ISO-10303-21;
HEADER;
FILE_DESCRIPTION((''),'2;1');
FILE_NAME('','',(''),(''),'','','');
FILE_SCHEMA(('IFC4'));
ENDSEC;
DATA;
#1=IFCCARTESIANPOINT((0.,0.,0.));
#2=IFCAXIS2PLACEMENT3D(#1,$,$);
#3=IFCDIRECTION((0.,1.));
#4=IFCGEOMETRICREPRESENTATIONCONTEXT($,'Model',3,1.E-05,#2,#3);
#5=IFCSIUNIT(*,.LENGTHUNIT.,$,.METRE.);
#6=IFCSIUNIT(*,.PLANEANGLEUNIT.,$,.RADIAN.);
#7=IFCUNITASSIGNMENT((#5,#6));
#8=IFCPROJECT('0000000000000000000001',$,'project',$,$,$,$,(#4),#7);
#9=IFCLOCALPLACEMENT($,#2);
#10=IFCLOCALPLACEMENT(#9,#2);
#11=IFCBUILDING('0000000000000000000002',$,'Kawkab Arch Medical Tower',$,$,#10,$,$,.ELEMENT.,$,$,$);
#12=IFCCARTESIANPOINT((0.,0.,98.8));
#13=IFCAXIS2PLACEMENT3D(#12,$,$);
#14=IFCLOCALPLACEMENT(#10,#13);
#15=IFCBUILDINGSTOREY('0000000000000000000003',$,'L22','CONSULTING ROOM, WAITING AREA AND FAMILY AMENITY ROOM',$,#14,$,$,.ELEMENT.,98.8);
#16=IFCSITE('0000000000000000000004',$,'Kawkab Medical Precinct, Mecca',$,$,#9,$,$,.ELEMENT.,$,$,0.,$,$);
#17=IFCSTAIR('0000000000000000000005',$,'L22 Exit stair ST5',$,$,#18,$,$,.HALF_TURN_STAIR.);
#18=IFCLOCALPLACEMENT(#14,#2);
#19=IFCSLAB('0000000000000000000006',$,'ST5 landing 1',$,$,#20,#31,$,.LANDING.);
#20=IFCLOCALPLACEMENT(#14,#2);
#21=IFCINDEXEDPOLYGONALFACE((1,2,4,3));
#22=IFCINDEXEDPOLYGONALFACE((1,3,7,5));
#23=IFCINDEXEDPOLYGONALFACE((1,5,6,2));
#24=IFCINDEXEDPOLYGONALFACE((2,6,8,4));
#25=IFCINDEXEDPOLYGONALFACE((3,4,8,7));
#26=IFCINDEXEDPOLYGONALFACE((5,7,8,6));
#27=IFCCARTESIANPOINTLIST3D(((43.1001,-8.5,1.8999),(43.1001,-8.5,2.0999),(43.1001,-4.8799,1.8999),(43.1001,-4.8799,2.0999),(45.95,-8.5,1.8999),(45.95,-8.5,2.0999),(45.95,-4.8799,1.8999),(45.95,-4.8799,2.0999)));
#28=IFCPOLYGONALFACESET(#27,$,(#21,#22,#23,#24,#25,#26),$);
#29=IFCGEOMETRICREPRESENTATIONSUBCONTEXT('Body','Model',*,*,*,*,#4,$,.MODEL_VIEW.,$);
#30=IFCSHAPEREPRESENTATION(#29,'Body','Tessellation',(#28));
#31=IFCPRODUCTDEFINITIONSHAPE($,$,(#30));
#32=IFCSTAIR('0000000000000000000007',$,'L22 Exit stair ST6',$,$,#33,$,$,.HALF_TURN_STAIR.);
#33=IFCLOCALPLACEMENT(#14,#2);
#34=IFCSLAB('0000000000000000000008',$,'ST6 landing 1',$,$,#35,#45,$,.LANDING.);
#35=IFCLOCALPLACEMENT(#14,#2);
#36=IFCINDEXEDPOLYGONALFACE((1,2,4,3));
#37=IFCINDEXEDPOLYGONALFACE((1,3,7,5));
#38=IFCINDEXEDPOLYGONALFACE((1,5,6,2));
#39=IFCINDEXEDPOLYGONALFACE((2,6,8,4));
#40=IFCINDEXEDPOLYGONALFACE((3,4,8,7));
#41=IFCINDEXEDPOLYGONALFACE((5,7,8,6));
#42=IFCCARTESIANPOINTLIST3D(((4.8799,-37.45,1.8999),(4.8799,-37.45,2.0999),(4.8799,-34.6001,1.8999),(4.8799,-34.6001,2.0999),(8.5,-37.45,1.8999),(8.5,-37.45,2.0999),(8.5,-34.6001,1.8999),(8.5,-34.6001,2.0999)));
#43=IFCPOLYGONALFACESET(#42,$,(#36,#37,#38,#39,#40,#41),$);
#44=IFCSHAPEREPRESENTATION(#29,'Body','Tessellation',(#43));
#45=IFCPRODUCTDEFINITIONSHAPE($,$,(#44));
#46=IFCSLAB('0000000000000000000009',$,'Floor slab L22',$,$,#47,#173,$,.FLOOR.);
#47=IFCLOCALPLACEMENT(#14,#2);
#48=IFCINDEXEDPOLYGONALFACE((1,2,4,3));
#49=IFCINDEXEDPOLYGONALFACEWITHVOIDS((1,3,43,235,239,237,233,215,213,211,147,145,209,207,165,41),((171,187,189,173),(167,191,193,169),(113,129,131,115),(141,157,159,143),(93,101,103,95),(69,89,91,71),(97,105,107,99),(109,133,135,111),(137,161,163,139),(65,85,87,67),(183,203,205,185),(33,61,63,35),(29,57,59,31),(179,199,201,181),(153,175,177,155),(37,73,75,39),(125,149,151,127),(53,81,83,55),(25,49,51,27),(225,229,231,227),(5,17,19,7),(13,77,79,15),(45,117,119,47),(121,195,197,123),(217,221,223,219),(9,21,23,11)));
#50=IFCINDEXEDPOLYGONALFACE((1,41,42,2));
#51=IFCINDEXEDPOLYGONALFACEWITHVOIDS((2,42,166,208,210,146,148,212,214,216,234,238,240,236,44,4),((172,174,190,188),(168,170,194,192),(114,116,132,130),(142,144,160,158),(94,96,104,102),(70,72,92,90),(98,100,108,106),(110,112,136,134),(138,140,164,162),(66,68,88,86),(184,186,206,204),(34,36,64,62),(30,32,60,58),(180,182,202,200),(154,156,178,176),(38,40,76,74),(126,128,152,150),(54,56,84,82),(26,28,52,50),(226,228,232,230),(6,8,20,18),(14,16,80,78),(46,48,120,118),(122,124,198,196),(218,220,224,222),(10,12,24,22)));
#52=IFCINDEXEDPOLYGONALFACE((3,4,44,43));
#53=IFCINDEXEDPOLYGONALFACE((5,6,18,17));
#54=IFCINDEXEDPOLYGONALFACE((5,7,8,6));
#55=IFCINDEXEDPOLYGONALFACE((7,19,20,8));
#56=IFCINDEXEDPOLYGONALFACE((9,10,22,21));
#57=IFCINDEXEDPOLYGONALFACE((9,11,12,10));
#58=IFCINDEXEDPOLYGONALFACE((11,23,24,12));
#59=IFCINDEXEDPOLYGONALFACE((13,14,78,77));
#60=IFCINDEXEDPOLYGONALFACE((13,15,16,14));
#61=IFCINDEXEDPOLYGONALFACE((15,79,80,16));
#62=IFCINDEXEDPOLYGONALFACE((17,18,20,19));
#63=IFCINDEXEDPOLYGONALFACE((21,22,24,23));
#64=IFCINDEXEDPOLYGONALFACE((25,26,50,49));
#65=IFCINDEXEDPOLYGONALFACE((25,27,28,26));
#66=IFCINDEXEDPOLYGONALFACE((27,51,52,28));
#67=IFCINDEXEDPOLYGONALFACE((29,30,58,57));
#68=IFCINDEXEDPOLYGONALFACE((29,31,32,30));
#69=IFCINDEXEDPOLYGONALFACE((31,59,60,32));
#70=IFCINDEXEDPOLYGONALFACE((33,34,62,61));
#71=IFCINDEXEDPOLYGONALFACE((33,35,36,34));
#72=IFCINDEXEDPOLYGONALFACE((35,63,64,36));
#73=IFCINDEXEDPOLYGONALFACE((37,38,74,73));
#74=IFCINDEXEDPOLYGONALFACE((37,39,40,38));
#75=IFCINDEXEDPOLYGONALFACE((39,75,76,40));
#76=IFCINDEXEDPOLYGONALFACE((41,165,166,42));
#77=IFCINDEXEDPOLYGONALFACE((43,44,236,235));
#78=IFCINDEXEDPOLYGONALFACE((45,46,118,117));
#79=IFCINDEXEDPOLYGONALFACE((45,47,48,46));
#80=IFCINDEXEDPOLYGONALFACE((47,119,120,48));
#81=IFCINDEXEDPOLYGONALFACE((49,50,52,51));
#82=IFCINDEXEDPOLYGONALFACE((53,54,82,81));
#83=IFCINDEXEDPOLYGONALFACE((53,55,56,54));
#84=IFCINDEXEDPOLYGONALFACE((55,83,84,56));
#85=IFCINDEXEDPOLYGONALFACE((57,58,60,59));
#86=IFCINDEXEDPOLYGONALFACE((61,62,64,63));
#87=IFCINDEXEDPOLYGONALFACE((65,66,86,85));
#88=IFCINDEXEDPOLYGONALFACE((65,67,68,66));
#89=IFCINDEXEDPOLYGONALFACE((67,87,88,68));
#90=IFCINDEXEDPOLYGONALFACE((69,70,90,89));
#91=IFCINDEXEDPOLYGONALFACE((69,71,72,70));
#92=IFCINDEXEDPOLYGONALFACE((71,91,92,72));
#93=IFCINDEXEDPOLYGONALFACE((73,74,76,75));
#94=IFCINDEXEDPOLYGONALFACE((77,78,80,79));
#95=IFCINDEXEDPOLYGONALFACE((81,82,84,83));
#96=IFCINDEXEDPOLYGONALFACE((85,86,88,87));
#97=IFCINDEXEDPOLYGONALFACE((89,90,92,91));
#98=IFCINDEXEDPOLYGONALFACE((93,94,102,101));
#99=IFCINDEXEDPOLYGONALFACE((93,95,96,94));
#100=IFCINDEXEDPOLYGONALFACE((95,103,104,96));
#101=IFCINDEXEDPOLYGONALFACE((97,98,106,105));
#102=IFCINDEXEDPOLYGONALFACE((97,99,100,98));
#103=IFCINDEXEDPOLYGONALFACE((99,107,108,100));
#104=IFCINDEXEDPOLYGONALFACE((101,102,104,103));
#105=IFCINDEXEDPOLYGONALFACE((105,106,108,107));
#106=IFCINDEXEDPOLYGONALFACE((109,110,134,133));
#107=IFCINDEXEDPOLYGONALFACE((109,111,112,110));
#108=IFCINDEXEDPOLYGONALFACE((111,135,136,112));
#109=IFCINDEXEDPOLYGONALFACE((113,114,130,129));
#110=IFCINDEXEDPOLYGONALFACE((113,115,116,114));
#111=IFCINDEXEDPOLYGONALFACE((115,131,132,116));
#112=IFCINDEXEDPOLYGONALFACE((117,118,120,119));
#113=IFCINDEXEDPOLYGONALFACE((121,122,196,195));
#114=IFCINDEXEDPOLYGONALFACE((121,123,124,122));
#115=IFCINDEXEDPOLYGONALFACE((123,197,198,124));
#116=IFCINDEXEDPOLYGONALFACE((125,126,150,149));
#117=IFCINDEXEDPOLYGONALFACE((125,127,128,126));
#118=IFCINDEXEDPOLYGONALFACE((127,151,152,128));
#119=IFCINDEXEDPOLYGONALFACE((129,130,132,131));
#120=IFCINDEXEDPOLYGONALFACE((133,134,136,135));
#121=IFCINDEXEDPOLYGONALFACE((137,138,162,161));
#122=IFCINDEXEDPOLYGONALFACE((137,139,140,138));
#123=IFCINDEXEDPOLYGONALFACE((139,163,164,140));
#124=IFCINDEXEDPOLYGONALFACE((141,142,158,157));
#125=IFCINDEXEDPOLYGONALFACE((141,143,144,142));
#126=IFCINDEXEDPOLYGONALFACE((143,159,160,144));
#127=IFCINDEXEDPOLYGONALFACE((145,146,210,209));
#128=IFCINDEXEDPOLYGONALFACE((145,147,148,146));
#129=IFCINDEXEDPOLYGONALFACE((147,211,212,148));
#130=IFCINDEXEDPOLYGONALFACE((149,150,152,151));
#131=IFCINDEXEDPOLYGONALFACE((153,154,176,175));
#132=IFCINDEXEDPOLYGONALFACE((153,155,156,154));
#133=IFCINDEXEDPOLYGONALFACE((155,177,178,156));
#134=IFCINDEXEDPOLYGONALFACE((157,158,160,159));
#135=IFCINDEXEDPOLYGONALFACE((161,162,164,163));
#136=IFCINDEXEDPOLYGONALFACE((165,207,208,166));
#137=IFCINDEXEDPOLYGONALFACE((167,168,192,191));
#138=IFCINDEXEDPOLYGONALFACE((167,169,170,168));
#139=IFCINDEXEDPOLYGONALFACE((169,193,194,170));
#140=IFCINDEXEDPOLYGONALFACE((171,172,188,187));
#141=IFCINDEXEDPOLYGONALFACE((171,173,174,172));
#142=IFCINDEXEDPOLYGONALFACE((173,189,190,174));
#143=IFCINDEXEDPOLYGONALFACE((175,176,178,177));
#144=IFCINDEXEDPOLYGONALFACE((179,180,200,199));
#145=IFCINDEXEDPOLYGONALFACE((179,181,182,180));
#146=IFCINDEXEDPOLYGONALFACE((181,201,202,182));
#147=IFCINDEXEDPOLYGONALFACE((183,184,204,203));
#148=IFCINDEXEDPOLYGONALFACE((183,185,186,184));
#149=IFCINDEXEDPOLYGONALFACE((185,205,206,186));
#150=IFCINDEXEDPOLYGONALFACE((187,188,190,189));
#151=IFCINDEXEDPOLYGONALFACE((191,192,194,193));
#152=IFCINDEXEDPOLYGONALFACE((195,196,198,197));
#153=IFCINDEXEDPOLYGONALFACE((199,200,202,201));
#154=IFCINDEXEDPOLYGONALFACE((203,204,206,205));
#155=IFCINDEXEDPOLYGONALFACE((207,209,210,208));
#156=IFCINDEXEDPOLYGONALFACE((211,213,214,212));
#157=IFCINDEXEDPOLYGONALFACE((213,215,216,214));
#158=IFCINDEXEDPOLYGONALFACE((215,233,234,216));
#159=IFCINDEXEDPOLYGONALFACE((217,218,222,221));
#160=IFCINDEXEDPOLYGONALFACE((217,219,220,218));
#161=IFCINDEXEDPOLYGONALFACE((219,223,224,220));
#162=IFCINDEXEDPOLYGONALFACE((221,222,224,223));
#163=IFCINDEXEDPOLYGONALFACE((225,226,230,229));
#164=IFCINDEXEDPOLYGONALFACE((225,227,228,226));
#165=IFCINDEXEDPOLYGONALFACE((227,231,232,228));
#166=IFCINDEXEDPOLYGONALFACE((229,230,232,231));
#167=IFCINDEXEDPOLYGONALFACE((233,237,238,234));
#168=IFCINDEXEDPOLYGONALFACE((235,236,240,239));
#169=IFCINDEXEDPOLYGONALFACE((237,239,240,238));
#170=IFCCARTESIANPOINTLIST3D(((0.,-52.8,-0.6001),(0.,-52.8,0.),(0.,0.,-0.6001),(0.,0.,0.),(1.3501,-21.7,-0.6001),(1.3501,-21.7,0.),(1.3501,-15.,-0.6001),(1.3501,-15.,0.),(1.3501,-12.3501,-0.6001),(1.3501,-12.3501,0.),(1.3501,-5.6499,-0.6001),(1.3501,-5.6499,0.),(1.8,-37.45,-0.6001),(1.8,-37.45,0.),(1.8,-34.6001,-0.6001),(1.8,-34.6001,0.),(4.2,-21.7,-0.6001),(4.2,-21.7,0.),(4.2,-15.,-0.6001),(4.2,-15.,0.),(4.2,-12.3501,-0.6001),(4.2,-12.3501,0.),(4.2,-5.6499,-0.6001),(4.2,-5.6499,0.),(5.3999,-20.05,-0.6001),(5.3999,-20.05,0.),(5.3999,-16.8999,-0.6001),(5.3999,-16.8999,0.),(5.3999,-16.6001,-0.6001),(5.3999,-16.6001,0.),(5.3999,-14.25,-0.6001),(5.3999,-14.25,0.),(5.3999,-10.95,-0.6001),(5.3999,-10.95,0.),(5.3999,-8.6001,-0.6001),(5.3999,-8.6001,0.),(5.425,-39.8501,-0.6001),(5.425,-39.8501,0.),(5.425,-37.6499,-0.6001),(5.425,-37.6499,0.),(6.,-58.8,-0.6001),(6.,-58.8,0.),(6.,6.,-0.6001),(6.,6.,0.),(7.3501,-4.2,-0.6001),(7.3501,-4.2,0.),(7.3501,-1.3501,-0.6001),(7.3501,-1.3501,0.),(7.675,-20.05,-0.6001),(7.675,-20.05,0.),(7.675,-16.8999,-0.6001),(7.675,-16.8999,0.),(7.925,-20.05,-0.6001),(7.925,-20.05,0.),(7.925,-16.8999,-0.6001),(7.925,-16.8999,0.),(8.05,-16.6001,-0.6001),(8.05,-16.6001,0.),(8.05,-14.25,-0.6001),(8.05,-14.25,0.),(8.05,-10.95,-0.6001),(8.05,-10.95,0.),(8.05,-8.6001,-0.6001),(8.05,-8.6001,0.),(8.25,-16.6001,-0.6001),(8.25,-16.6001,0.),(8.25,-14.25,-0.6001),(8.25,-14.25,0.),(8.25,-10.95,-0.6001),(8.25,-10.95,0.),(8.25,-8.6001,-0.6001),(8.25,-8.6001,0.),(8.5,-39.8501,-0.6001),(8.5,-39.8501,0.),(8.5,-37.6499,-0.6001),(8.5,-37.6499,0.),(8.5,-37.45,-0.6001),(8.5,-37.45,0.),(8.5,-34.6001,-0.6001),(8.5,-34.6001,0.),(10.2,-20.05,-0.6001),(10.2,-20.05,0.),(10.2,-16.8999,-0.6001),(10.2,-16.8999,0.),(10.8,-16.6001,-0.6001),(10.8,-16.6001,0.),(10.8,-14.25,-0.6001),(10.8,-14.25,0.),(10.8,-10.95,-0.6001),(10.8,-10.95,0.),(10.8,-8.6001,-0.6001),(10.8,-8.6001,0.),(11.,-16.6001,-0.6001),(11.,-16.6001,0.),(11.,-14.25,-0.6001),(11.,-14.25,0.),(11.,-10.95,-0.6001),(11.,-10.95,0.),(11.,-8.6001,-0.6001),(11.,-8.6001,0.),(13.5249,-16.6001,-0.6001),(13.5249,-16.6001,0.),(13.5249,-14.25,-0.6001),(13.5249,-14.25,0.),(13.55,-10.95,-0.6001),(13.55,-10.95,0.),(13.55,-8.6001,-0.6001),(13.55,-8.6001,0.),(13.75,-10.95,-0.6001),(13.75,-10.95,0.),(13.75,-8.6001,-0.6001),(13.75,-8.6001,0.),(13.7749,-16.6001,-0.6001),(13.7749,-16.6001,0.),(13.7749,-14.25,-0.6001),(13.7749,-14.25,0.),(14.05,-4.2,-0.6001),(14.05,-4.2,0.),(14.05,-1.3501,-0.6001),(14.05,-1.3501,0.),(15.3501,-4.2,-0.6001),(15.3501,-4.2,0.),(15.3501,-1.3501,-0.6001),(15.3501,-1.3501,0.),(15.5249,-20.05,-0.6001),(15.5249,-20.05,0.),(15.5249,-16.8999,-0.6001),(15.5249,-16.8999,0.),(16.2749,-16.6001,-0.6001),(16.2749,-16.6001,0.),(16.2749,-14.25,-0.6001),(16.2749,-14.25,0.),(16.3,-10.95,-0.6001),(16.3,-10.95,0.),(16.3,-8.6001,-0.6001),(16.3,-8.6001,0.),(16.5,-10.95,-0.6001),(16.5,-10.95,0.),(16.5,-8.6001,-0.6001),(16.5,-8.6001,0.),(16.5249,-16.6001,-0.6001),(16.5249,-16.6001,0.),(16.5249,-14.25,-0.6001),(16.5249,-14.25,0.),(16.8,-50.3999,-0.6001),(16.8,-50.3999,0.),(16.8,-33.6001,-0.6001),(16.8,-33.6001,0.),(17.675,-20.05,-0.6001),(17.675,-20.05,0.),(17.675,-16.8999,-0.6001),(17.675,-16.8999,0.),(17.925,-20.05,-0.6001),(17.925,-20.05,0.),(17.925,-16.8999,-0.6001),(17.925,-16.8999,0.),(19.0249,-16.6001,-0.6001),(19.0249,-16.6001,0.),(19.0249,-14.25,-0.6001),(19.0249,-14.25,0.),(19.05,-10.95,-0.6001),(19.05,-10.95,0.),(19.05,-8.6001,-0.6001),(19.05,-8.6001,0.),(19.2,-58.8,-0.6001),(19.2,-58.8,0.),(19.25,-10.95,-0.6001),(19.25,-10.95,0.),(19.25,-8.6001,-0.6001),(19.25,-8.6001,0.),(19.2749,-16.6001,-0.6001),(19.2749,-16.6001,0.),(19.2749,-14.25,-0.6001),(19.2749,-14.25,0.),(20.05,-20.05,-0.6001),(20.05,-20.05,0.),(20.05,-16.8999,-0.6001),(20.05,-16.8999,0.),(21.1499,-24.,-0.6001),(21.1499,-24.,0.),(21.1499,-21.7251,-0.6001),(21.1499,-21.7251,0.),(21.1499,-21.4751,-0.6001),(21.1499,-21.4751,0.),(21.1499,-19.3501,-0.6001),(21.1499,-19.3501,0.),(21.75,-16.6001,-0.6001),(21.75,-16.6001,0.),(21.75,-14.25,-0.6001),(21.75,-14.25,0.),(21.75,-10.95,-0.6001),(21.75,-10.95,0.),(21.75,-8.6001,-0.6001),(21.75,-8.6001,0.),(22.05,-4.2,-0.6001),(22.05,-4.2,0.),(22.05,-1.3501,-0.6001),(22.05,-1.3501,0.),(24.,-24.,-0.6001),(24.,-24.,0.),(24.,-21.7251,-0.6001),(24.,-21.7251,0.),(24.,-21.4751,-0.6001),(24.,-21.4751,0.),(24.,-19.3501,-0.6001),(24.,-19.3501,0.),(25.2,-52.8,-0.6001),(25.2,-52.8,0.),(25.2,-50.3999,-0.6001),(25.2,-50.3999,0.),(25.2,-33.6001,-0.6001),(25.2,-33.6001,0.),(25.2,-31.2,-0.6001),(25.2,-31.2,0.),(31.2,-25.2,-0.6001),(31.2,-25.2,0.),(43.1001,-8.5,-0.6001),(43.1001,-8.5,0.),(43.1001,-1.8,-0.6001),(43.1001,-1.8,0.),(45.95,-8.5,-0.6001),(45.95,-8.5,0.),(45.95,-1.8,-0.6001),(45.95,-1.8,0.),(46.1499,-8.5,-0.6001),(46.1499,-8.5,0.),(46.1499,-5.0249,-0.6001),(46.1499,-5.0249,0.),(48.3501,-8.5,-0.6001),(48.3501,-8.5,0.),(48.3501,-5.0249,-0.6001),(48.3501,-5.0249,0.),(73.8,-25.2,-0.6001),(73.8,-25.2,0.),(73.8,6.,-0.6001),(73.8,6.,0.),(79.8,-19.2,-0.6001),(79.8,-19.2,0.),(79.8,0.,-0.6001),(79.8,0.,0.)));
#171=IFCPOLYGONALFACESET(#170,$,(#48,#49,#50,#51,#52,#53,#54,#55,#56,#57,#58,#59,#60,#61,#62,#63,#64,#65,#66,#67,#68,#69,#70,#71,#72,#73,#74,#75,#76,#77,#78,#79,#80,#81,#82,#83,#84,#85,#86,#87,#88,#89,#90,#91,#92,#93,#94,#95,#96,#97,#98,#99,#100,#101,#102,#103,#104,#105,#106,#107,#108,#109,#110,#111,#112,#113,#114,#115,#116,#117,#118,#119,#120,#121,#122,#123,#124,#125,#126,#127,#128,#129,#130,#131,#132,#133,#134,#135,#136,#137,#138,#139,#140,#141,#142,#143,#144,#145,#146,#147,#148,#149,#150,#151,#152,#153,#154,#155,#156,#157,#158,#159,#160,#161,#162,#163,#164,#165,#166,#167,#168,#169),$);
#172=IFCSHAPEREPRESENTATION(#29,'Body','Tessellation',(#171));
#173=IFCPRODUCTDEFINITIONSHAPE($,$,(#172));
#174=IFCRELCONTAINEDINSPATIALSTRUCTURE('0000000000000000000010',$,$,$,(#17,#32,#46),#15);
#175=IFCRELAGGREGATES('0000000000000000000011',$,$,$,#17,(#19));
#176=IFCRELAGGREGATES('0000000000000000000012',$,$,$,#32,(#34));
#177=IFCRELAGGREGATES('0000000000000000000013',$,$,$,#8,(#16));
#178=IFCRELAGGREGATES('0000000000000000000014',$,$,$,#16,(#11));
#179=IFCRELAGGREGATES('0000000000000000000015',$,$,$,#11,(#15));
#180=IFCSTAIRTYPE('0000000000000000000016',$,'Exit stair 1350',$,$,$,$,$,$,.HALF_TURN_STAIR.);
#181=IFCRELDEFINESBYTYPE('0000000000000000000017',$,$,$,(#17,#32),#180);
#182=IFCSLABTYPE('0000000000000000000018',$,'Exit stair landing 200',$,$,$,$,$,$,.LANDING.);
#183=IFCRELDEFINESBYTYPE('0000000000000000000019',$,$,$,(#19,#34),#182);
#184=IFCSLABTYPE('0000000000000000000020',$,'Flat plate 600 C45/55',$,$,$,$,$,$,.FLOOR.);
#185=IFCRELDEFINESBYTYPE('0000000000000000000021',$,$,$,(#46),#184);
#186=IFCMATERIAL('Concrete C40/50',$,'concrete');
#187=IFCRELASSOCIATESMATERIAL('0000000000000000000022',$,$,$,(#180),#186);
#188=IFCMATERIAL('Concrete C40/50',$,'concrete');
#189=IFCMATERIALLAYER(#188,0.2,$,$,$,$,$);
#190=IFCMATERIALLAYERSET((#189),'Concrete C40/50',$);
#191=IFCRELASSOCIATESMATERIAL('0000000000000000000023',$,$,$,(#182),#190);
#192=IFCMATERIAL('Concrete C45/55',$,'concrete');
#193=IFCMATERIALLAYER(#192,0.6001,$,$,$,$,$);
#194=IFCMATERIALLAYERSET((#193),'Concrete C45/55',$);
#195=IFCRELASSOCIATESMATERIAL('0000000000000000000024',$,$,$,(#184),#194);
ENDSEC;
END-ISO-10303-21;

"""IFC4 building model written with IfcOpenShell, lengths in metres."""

from ifc_helpers import new_model, si_unit, direction, frame, origin, place, context, subcontext, project, spatial, polyline, outline, extrude, material, layer, layer_set, type_object, element, aggregate, save


model = new_model("IFC4")

# Units and contexts
model_context = context("Model", 3, precision=1e-05, world=origin(), true_north=direction((0.0, 1.0)))
body_context = subcontext(model_context, "Body", "Model", "MODEL_VIEW")
ifc_project = project(units=[si_unit("LENGTHUNIT", "METRE"), si_unit("PLANEANGLEUNIT", "RADIAN")], contexts=[model_context])

# Site, building, storey
site_placement = place(None, origin())
site = spatial("IfcSite", under=ifc_project, at=site_placement, Name="Kawkab Medical Precinct, Mecca", CompositionType="ELEMENT", RefElevation=0.0)
building_placement = place(site_placement, origin())
building = spatial("IfcBuilding", under=site, at=building_placement, Name="Kawkab Arch Medical Tower", CompositionType="ELEMENT")
storey_placement = place(building_placement, frame((0.0, 0.0, 98.8)))
storey = spatial("IfcBuildingStorey", under=building, at=storey_placement, Name="L22", Description="CONSULTING ROOM, WAITING AREA AND FAMILY AMENITY ROOM", CompositionType="ELEMENT", Elevation=98.8)

# Shared definitions
placement_1 = place(storey_placement, origin())

# Stairs, slabs
ifc_material_1 = material(Name="Concrete C40/50", Category="concrete")
stair_type = type_object("IfcStairType", Name="Exit stair 1350", PredefinedType="HALF_TURN_STAIR", material=ifc_material_1)
ifc_material_2 = material(Name="Concrete C40/50", Category="concrete")
ifc_layer_1 = layer(ifc_material_2, 0.2)
ifc_layer_set_1 = layer_set([ifc_layer_1], Name="Concrete C40/50")
slab_type_1 = type_object("IfcSlabType", Name="Exit stair landing 200", PredefinedType="LANDING", material=ifc_layer_set_1)
placement_2 = place(storey_placement, frame((0.0, 0.0, 1.8999)))
stair_1 = element("IfcStair", 1, at=placement_1, inside=storey, type_object=stair_type, Name="L22 Exit stair ST5", PredefinedType="HALF_TURN_STAIR")
slab_1 = element("IfcSlab", 2, at=placement_2, type_object=slab_type_1, Name="ST5 landing 1", PredefinedType="LANDING", context=body_context, shape_type="SweptSolid", body=[
    extrude(outline(polyline([(43.1001, -4.8799), (43.1001, -8.5), (45.95, -8.5), (45.95, -4.8799), (43.1001, -4.8799)])), origin(), (0.0, 0.0, 1.0), 0.2),
])
aggregate(stair_1, [slab_1])
stair_2 = element("IfcStair", 3, at=placement_1, inside=storey, type_object=stair_type, Name="L22 Exit stair ST6", PredefinedType="HALF_TURN_STAIR")
slab_2 = element("IfcSlab", 4, at=placement_2, type_object=slab_type_1, Name="ST6 landing 1", PredefinedType="LANDING", context=body_context, shape_type="SweptSolid", body=[
    extrude(outline(polyline([(4.8799, -37.45), (8.5, -37.45), (8.5, -34.6001), (4.8799, -34.6001), (4.8799, -37.45)])), origin(), (0.0, 0.0, 1.0), 0.2),
])
aggregate(stair_2, [slab_2])

# Slab
ifc_material_3 = material(Name="Concrete C45/55", Category="concrete")
ifc_layer_2 = layer(ifc_material_3, 0.6001)
ifc_layer_set_2 = layer_set([ifc_layer_2], Name="Concrete C45/55")
slab_type_2 = type_object("IfcSlabType", Name="Flat plate 600 C45/55", PredefinedType="FLOOR", material=ifc_layer_set_2)
slab_3_placement = place(storey_placement, frame((0.0, 0.0, -0.6001)))
element("IfcSlab", 5, at=slab_3_placement, inside=storey, type_object=slab_type_2, Name="Floor slab L22", PredefinedType="FLOOR", context=body_context, shape_type="SweptSolid", body=[
    extrude(outline(polyline([(19.2, -58.8), (6.0, -58.8), (0.0, -52.8), (0.0, 0.0), (6.0, 6.0), (73.8, 6.0), (79.8, 0.0), (79.8, -19.2), (73.8, -25.2), (31.2, -25.2), (25.2, -31.2), (25.2, -33.6001), (16.8, -33.6001), (16.8, -50.3999), (25.2, -50.3999), (25.2, -52.8), (19.2, -58.8)]), holes=[polyline([(5.425, -37.6499), (5.425, -39.8501), (8.5, -39.8501), (8.5, -37.6499), (5.425, -37.6499)]), polyline([(1.8, -37.45), (8.5, -37.45), (8.5, -34.6001), (1.8, -34.6001), (1.8, -37.45)]), polyline([(5.3999, -16.8999), (5.3999, -20.05), (7.675, -20.05), (7.675, -16.8999), (5.3999, -16.8999)]), polyline([(10.2, -16.8999), (7.925, -16.8999), (7.925, -20.05), (10.2, -20.05), (10.2, -16.8999)]), polyline([(4.2, -21.7), (4.2, -15.0), (1.3501, -15.0), (1.3501, -21.7), (4.2, -21.7)]), polyline([(5.3999, -14.25), (5.3999, -16.6001), (8.05, -16.6001), (8.05, -14.25), (5.3999, -14.25)]), polyline([(10.8, -14.25), (8.25, -14.25), (8.25, -16.6001), (10.8, -16.6001), (10.8, -14.25)]), polyline([(11.0, -14.25), (11.0, -16.6001), (13.5249, -16.6001), (13.5249, -14.25), (11.0, -14.25)]), polyline([(5.3999, -8.6001), (5.3999, -10.95), (8.05, -10.95), (8.05, -8.6001), (5.3999, -8.6001)]), polyline([(10.8, -8.6001), (8.25, -8.6001), (8.25, -10.95), (10.8, -10.95), (10.8, -8.6001)]), polyline([(11.0, -10.95), (13.55, -10.95), (13.55, -8.6001), (11.0, -8.6001), (11.0, -10.95)]), polyline([(4.2, -12.3501), (4.2, -5.6499), (1.3501, -5.6499), (1.3501, -12.3501), (4.2, -12.3501)]), polyline([(7.3501, -4.2), (14.05, -4.2), (14.05, -1.3501), (7.3501, -1.3501), (7.3501, -4.2)]), polyline([(24.0, -21.7251), (21.1499, -21.7251), (21.1499, -24.0), (24.0, -24.0), (24.0, -21.7251)]), polyline([(24.0, -21.4751), (24.0, -19.3501), (21.1499, -19.3501), (21.1499, -21.4751), (24.0, -21.4751)]), polyline([(15.5249, -16.8999), (15.5249, -20.05), (17.675, -20.05), (17.675, -16.8999), (15.5249, -16.8999)]), polyline([(17.925, -20.05), (20.05, -20.05), (20.05, -16.8999), (17.925, -16.8999), (17.925, -20.05)]), polyline([(16.2749, -14.25), (13.7749, -14.25), (13.7749, -16.6001), (16.2749, -16.6001), (16.2749, -14.25)]), polyline([(19.0249, -14.25), (16.5249, -14.25), (16.5249, -16.6001), (19.0249, -16.6001), (19.0249, -14.25)]), polyline([(19.2749, -16.6001), (21.75, -16.6001), (21.75, -14.25), (19.2749, -14.25), (19.2749, -16.6001)]), polyline([(13.75, -8.6001), (13.75, -10.95), (16.3, -10.95), (16.3, -8.6001), (13.75, -8.6001)]), polyline([(16.5, -8.6001), (16.5, -10.95), (19.05, -10.95), (19.05, -8.6001), (16.5, -8.6001)]), polyline([(19.25, -10.95), (21.75, -10.95), (21.75, -8.6001), (19.25, -8.6001), (19.25, -10.95)]), polyline([(46.1499, -5.0249), (46.1499, -8.5), (48.3501, -8.5), (48.3501, -5.0249), (46.1499, -5.0249)]), polyline([(43.1001, -1.8), (43.1001, -8.5), (45.95, -8.5), (45.95, -1.8), (43.1001, -1.8)]), polyline([(22.05, -1.3501), (15.3501, -1.3501), (15.3501, -4.2), (22.05, -4.2), (22.05, -1.3501)])]), origin(), (0.0, 0.0, 1.0), 0.6001),
])

save(model, "model.ifc")
